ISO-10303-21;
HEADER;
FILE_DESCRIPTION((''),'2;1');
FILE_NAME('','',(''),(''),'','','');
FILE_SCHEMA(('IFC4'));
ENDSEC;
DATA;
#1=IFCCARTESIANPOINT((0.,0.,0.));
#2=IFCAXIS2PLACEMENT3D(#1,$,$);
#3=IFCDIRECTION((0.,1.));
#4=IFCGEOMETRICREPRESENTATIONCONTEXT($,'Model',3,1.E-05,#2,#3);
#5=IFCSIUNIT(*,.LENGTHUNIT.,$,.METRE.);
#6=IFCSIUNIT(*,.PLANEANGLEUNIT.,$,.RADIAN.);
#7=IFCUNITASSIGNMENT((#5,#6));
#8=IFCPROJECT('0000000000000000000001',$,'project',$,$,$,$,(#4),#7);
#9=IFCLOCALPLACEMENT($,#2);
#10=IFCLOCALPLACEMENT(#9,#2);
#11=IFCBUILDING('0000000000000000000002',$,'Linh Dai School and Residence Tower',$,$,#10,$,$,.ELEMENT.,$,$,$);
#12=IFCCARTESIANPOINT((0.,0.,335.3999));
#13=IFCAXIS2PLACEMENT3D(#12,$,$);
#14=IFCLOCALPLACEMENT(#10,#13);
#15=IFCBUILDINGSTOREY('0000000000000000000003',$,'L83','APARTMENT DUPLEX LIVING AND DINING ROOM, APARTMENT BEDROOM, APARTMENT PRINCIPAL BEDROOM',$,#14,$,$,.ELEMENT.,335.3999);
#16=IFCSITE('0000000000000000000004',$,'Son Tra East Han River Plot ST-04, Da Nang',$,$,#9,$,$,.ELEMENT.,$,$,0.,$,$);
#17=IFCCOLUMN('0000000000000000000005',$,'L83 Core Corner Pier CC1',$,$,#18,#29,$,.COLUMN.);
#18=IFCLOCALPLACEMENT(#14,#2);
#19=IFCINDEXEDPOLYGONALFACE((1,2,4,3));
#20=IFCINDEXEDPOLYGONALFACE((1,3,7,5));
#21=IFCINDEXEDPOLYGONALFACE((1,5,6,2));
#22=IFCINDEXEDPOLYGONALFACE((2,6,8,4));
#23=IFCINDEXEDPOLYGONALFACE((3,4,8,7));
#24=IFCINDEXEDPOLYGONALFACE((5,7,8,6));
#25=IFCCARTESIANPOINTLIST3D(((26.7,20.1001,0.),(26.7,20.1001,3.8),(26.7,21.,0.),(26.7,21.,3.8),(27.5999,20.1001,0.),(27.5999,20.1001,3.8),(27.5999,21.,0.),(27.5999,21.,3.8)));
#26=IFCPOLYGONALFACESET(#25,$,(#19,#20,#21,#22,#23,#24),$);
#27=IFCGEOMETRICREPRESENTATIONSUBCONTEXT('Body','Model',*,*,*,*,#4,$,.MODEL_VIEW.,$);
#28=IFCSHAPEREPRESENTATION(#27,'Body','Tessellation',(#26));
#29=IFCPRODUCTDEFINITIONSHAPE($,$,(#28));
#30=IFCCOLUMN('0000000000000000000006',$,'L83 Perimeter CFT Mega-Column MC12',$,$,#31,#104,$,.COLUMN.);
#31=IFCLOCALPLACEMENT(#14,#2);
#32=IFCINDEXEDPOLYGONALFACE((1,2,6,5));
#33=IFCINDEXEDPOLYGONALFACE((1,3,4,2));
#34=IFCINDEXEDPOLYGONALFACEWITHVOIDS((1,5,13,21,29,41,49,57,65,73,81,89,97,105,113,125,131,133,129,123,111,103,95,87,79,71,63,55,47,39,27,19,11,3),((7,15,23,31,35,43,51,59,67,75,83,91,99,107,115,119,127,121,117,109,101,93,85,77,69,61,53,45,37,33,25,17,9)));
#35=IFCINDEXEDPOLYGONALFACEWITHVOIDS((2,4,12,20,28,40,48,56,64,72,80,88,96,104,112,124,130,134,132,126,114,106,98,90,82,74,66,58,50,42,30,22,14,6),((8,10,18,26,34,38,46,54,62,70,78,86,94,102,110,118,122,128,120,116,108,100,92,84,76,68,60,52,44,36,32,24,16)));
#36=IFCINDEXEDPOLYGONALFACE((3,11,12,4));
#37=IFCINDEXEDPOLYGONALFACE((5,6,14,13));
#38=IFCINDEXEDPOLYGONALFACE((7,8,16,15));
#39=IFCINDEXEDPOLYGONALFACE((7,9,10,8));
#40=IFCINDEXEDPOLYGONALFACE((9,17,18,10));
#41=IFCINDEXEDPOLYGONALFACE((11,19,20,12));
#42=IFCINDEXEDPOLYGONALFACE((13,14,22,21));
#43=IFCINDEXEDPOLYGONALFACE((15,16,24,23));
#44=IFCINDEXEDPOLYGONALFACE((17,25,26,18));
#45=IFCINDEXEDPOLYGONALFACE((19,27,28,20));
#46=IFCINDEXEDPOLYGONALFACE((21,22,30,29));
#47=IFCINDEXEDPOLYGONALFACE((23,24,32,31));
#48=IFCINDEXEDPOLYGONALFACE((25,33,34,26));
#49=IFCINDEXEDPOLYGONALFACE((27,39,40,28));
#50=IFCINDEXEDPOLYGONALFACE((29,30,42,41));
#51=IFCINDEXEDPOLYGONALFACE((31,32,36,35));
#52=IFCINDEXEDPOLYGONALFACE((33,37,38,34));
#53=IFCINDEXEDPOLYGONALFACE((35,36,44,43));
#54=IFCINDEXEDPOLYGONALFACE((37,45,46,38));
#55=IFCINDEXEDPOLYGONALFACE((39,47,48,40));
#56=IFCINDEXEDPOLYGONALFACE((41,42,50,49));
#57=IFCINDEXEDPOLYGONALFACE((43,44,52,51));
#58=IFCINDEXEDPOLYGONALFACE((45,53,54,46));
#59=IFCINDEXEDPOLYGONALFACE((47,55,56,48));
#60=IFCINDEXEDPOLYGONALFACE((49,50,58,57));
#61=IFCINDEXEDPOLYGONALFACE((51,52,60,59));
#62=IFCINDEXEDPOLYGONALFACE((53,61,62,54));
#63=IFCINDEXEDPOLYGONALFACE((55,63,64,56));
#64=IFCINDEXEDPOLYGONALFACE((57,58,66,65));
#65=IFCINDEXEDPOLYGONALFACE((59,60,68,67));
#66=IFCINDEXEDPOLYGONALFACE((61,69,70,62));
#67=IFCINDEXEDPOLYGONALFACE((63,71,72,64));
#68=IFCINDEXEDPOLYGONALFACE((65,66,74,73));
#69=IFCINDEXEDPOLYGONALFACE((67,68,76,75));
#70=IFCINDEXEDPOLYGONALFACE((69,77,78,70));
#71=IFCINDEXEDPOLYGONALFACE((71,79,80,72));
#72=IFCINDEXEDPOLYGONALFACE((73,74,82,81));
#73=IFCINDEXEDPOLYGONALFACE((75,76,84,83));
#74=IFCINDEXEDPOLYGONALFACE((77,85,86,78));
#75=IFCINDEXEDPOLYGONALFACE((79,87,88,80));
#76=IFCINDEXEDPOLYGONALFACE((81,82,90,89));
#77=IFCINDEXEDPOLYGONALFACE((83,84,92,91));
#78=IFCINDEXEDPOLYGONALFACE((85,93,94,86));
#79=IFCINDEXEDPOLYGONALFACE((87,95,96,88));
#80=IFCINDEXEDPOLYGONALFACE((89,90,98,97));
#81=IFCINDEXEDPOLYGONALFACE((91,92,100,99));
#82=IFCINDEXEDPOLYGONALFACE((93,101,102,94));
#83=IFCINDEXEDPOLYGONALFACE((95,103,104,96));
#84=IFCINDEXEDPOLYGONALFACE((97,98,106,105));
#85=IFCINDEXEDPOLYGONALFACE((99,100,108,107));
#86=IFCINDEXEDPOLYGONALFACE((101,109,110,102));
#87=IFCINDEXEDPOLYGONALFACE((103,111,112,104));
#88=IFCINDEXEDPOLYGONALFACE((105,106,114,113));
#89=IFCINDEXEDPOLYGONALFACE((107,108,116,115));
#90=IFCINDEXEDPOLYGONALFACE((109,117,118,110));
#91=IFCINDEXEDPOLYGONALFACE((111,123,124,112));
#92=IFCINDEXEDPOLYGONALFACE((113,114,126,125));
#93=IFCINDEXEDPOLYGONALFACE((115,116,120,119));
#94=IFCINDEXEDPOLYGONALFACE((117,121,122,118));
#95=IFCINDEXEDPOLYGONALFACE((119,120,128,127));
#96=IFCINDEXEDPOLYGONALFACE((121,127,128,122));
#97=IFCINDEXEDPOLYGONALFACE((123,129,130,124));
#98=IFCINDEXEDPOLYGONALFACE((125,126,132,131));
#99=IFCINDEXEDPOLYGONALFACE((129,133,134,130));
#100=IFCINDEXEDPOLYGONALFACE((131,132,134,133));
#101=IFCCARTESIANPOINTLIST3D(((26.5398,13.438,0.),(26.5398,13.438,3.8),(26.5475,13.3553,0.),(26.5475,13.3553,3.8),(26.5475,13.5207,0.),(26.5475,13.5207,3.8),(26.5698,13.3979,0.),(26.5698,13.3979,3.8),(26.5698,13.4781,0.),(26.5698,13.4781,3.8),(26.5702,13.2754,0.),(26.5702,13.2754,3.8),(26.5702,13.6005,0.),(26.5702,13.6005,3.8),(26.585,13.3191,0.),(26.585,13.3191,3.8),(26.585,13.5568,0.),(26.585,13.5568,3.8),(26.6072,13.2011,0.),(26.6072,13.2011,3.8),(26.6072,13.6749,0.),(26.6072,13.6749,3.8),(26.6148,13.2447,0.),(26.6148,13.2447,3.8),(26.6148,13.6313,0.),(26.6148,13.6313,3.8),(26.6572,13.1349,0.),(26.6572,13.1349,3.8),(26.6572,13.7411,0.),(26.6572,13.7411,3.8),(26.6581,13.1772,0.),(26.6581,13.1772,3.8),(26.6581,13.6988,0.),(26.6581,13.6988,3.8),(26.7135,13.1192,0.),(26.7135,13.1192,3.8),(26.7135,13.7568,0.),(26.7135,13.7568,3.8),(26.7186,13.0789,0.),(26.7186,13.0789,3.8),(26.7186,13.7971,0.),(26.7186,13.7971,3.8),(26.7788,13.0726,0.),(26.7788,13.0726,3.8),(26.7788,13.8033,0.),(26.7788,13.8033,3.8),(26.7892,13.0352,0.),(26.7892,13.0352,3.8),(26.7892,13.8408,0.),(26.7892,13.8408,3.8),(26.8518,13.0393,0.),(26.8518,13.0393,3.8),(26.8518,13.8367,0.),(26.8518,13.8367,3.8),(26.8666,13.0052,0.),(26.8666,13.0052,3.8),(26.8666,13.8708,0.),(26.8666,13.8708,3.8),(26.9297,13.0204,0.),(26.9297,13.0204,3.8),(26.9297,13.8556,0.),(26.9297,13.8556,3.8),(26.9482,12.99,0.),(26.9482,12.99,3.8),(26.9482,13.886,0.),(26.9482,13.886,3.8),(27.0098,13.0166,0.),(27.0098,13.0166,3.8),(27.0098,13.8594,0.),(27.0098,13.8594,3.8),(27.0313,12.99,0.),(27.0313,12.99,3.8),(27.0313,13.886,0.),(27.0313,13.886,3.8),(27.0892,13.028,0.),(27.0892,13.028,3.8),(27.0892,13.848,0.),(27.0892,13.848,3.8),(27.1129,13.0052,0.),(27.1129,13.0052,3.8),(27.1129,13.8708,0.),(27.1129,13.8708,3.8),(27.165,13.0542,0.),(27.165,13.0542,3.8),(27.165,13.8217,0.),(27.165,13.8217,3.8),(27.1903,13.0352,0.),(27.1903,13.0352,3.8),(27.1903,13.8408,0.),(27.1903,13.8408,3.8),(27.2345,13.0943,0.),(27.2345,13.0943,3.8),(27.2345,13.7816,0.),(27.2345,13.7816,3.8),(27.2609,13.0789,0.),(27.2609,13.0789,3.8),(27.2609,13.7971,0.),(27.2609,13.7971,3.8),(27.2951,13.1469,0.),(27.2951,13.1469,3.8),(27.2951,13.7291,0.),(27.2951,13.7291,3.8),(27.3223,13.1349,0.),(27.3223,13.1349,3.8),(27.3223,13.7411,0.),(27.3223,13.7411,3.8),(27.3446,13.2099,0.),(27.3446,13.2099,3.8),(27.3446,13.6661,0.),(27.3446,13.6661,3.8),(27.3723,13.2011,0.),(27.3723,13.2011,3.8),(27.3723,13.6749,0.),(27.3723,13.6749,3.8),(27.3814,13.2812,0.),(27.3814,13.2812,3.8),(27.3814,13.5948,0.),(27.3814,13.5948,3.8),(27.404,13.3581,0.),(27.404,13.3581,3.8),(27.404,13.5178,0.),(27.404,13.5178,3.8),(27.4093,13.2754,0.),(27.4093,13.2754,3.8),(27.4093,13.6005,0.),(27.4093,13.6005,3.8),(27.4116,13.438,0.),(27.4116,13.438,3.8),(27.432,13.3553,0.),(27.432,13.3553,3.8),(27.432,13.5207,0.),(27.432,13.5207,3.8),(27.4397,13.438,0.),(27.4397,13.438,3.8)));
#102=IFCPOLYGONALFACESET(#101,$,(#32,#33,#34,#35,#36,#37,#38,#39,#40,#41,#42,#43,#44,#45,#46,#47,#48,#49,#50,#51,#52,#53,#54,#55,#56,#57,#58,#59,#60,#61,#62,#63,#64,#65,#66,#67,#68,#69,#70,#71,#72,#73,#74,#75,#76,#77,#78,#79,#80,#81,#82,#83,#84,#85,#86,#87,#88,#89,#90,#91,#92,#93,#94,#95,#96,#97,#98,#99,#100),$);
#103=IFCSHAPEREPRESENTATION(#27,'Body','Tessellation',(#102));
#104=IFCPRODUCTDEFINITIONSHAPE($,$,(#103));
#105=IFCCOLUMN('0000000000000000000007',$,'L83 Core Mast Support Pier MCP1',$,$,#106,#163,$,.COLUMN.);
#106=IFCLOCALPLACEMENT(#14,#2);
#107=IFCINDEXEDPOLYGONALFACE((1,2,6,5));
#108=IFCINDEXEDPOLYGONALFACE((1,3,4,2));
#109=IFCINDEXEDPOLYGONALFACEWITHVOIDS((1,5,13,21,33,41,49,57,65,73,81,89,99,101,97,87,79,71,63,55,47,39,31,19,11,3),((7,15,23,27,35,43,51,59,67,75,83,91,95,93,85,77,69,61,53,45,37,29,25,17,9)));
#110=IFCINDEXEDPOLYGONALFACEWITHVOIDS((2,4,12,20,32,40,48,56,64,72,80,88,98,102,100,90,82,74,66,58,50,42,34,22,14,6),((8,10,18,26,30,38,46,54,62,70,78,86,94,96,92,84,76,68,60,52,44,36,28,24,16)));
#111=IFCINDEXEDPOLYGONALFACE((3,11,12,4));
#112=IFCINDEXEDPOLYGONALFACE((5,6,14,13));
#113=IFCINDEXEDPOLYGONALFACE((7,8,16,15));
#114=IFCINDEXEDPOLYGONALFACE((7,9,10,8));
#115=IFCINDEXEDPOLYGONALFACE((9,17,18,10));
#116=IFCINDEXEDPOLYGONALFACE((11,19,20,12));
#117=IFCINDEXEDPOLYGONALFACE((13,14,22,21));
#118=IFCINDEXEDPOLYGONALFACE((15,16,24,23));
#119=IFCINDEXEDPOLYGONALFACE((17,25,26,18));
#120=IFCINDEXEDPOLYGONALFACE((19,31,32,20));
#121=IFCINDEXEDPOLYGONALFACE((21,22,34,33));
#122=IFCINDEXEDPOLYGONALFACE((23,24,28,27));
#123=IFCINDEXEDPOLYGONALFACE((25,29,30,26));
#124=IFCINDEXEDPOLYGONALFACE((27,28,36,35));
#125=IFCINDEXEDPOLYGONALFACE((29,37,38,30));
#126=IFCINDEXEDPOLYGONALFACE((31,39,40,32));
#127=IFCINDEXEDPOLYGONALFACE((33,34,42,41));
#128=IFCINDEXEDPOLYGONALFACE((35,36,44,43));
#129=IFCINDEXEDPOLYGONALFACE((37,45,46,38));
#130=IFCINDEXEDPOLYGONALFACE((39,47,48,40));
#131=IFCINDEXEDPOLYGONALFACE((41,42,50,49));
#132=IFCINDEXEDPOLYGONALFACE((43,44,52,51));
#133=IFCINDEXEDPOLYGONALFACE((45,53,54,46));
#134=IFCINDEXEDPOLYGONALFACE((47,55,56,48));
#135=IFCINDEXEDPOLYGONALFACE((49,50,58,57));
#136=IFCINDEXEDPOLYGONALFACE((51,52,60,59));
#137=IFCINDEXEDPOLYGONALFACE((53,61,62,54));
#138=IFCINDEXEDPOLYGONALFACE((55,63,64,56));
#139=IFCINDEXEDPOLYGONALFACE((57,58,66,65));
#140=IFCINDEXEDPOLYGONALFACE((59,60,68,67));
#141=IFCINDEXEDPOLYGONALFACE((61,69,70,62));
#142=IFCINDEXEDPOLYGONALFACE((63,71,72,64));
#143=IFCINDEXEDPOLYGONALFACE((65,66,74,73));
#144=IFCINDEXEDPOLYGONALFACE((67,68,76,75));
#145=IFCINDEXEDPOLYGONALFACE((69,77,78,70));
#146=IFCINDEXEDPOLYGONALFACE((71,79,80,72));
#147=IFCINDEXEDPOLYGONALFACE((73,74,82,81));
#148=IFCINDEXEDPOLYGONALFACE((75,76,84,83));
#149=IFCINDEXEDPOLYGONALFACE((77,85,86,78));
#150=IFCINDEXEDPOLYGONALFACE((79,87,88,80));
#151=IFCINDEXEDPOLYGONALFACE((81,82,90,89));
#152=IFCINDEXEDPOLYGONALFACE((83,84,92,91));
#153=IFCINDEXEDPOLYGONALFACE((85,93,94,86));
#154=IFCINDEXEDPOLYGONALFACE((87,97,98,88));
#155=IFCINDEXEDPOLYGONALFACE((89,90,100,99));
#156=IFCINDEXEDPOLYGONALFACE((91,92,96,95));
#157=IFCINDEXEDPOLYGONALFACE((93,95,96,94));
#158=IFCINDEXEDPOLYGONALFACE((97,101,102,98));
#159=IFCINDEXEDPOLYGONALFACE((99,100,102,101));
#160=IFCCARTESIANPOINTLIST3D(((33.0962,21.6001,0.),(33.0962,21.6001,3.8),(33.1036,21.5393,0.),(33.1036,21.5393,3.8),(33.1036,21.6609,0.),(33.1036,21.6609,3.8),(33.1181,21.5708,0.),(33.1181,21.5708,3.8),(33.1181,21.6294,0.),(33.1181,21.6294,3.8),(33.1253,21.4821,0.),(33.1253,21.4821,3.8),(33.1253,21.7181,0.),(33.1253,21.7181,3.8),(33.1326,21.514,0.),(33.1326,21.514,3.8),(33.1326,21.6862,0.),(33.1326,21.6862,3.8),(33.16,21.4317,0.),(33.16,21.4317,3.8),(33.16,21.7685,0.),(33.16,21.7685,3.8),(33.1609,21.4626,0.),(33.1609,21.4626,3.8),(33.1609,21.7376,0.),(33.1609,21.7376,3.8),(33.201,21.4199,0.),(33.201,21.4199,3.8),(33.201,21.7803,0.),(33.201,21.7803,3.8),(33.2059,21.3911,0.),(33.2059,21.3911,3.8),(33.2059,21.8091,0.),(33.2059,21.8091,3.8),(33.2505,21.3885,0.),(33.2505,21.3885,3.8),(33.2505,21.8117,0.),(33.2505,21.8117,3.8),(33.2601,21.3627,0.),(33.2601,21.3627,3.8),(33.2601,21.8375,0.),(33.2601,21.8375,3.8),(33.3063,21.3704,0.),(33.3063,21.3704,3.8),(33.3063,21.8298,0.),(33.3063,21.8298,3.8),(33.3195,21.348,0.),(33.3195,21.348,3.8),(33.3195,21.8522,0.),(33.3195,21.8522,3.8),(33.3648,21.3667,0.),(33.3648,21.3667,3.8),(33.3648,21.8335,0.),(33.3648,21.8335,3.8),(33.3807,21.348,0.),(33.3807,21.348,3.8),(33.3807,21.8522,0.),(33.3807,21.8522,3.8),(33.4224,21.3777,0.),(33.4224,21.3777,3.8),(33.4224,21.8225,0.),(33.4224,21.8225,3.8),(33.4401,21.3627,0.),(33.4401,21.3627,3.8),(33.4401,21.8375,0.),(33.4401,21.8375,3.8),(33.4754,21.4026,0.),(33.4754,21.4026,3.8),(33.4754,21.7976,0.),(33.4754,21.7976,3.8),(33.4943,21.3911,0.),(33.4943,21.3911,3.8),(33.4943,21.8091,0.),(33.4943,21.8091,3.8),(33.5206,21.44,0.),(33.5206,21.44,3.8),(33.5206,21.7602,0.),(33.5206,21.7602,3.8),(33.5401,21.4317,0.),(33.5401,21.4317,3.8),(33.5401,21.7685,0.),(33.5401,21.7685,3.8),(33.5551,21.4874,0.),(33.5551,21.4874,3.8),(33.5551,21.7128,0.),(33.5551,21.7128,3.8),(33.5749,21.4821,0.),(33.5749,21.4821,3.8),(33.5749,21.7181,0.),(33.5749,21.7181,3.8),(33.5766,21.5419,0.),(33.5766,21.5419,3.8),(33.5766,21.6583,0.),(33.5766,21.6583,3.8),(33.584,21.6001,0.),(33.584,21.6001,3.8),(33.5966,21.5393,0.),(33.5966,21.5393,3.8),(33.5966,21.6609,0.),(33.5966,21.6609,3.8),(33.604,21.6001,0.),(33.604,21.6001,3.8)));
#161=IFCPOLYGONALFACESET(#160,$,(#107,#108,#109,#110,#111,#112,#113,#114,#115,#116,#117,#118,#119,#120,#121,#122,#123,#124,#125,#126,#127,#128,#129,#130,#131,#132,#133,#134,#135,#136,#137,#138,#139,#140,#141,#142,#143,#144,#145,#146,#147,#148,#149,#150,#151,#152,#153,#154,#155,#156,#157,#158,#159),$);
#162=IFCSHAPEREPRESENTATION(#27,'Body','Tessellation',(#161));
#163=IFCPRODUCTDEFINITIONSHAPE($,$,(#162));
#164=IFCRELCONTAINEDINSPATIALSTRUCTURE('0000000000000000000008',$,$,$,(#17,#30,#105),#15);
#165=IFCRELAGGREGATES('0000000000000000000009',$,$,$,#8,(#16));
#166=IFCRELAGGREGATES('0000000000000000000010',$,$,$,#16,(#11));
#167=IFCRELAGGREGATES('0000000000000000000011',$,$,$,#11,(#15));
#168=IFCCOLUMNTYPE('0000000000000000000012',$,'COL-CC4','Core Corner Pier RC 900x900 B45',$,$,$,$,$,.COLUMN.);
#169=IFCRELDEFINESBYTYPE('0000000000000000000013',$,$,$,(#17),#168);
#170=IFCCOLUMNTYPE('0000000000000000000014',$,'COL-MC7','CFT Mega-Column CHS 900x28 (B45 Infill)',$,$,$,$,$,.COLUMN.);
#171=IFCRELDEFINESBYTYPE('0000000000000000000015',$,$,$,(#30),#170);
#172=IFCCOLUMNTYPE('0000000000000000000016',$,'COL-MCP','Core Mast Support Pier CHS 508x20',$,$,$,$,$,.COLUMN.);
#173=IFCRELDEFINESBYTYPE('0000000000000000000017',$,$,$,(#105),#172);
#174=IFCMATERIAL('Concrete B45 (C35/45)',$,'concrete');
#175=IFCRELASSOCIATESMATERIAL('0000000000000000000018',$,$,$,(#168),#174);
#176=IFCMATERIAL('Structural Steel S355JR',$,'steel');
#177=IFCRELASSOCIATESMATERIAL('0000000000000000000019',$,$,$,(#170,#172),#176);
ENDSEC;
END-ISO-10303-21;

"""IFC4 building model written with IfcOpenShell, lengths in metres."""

from ifc_helpers import new_model, si_unit, direction, frame, origin, origin_2d, place, context, subcontext, project, spatial, rectangle, hollow_circle, extrude, material, material_profile, profile_set, type_object, element, save


model = new_model("IFC4")

# Units and contexts
model_context = context("Model", 3, precision=1e-05, world=origin(), true_north=direction((0.0, 1.0)))
body_context = subcontext(model_context, "Body", "Model", "MODEL_VIEW")
ifc_project = project(units=[si_unit("LENGTHUNIT", "METRE"), si_unit("PLANEANGLEUNIT", "RADIAN")], contexts=[model_context])

# Site, building, storey
site_placement = place(None, origin())
site = spatial("IfcSite", under=ifc_project, at=site_placement, Name="Son Tra East Han River Plot ST-04, Da Nang", CompositionType="ELEMENT", RefElevation=0.0)
building_placement = place(site_placement, origin())
building = spatial("IfcBuilding", under=site, at=building_placement, Name="Linh Dai School and Residence Tower", CompositionType="ELEMENT")
storey_placement = place(building_placement, frame((0.0, 0.0, 335.3999)))
storey = spatial("IfcBuildingStorey", under=building, at=storey_placement, Name="L83", Description="APARTMENT DUPLEX LIVING AND DINING ROOM, APARTMENT BEDROOM, APARTMENT PRINCIPAL BEDROOM", CompositionType="ELEMENT", Elevation=335.3999)

# Columns
ifc_material_1 = material(Name="Concrete B45 (C35/45)", Category="concrete")
ifc_material_profile_1 = material_profile(ifc_material_1, rectangle(XDim=0.8999, YDim=0.8999, at=origin_2d()), Name="RC 900x900")
ifc_profile_set_1 = profile_set([ifc_material_profile_1], Name="Concrete B45 (C35/45)")
column_type_1 = type_object("IfcColumnType", Name="COL-CC4", Description="Core Corner Pier RC 900x900 B45", PredefinedType="COLUMN", material=ifc_profile_set_1)
column_1_placement = place(storey_placement, frame((27.1499, 20.55, 0.0), z_axis=(0.0, 0.0, 1.0), x_axis=(1.0, 0.0, 0.0)))
element("IfcColumn", 1, at=column_1_placement, inside=storey, type_object=column_type_1, Name="L83 Core Corner Pier CC1", PredefinedType="COLUMN", context=body_context, shape_type="SweptSolid", body=[
    extrude(rectangle(XDim=0.8999, YDim=0.8999, at=origin_2d()), origin(), (0.0, 0.0, 1.0), 3.8),
])
ifc_material_2 = material(Name="Structural Steel S355JR", Category="steel")
ifc_material_profile_2 = material_profile(ifc_material_2, hollow_circle(Radius=0.45, WallThickness=0.0281, at=origin_2d()), Name="CHS 900x28")
ifc_profile_set_2 = profile_set([ifc_material_profile_2], Name="Structural Steel S355JR")
column_type_2 = type_object("IfcColumnType", Name="COL-MC7", Description="CFT Mega-Column CHS 900x28 (B45 Infill)", PredefinedType="COLUMN", material=ifc_profile_set_2)
column_2_placement = place(storey_placement, frame((26.9897, 13.438, 0.0), z_axis=(0.0, 0.0, 1.0), x_axis=(1.0, 0.0, 0.0)))
element("IfcColumn", 2, at=column_2_placement, inside=storey, type_object=column_type_2, Name="L83 Perimeter CFT Mega-Column MC12", PredefinedType="COLUMN", context=body_context, shape_type="SweptSolid", body=[
    extrude(hollow_circle(Radius=0.45, WallThickness=0.0281, at=origin_2d()), origin(), (0.0, 0.0, 1.0), 3.8),
])
ifc_material_profile_3 = material_profile(ifc_material_2, hollow_circle(Radius=0.2539, WallThickness=0.02, at=origin_2d()), Name="CHS 508x20")
ifc_profile_set_3 = profile_set([ifc_material_profile_3], Name="Structural Steel S355JR")
column_type_3 = type_object("IfcColumnType", Name="COL-MCP", Description="Core Mast Support Pier CHS 508x20", PredefinedType="COLUMN", material=ifc_profile_set_3)
column_3_placement = place(storey_placement, frame((33.3501, 21.6001, 0.0), z_axis=(0.0, 0.0, 1.0), x_axis=(1.0, 0.0, 0.0)))
element("IfcColumn", 3, at=column_3_placement, inside=storey, type_object=column_type_3, Name="L83 Core Mast Support Pier MCP1", PredefinedType="COLUMN", context=body_context, shape_type="SweptSolid", body=[
    extrude(hollow_circle(Radius=0.2539, WallThickness=0.02, at=origin_2d()), origin(), (0.0, 0.0, 1.0), 3.8),
])

save(model, "model.ifc")
